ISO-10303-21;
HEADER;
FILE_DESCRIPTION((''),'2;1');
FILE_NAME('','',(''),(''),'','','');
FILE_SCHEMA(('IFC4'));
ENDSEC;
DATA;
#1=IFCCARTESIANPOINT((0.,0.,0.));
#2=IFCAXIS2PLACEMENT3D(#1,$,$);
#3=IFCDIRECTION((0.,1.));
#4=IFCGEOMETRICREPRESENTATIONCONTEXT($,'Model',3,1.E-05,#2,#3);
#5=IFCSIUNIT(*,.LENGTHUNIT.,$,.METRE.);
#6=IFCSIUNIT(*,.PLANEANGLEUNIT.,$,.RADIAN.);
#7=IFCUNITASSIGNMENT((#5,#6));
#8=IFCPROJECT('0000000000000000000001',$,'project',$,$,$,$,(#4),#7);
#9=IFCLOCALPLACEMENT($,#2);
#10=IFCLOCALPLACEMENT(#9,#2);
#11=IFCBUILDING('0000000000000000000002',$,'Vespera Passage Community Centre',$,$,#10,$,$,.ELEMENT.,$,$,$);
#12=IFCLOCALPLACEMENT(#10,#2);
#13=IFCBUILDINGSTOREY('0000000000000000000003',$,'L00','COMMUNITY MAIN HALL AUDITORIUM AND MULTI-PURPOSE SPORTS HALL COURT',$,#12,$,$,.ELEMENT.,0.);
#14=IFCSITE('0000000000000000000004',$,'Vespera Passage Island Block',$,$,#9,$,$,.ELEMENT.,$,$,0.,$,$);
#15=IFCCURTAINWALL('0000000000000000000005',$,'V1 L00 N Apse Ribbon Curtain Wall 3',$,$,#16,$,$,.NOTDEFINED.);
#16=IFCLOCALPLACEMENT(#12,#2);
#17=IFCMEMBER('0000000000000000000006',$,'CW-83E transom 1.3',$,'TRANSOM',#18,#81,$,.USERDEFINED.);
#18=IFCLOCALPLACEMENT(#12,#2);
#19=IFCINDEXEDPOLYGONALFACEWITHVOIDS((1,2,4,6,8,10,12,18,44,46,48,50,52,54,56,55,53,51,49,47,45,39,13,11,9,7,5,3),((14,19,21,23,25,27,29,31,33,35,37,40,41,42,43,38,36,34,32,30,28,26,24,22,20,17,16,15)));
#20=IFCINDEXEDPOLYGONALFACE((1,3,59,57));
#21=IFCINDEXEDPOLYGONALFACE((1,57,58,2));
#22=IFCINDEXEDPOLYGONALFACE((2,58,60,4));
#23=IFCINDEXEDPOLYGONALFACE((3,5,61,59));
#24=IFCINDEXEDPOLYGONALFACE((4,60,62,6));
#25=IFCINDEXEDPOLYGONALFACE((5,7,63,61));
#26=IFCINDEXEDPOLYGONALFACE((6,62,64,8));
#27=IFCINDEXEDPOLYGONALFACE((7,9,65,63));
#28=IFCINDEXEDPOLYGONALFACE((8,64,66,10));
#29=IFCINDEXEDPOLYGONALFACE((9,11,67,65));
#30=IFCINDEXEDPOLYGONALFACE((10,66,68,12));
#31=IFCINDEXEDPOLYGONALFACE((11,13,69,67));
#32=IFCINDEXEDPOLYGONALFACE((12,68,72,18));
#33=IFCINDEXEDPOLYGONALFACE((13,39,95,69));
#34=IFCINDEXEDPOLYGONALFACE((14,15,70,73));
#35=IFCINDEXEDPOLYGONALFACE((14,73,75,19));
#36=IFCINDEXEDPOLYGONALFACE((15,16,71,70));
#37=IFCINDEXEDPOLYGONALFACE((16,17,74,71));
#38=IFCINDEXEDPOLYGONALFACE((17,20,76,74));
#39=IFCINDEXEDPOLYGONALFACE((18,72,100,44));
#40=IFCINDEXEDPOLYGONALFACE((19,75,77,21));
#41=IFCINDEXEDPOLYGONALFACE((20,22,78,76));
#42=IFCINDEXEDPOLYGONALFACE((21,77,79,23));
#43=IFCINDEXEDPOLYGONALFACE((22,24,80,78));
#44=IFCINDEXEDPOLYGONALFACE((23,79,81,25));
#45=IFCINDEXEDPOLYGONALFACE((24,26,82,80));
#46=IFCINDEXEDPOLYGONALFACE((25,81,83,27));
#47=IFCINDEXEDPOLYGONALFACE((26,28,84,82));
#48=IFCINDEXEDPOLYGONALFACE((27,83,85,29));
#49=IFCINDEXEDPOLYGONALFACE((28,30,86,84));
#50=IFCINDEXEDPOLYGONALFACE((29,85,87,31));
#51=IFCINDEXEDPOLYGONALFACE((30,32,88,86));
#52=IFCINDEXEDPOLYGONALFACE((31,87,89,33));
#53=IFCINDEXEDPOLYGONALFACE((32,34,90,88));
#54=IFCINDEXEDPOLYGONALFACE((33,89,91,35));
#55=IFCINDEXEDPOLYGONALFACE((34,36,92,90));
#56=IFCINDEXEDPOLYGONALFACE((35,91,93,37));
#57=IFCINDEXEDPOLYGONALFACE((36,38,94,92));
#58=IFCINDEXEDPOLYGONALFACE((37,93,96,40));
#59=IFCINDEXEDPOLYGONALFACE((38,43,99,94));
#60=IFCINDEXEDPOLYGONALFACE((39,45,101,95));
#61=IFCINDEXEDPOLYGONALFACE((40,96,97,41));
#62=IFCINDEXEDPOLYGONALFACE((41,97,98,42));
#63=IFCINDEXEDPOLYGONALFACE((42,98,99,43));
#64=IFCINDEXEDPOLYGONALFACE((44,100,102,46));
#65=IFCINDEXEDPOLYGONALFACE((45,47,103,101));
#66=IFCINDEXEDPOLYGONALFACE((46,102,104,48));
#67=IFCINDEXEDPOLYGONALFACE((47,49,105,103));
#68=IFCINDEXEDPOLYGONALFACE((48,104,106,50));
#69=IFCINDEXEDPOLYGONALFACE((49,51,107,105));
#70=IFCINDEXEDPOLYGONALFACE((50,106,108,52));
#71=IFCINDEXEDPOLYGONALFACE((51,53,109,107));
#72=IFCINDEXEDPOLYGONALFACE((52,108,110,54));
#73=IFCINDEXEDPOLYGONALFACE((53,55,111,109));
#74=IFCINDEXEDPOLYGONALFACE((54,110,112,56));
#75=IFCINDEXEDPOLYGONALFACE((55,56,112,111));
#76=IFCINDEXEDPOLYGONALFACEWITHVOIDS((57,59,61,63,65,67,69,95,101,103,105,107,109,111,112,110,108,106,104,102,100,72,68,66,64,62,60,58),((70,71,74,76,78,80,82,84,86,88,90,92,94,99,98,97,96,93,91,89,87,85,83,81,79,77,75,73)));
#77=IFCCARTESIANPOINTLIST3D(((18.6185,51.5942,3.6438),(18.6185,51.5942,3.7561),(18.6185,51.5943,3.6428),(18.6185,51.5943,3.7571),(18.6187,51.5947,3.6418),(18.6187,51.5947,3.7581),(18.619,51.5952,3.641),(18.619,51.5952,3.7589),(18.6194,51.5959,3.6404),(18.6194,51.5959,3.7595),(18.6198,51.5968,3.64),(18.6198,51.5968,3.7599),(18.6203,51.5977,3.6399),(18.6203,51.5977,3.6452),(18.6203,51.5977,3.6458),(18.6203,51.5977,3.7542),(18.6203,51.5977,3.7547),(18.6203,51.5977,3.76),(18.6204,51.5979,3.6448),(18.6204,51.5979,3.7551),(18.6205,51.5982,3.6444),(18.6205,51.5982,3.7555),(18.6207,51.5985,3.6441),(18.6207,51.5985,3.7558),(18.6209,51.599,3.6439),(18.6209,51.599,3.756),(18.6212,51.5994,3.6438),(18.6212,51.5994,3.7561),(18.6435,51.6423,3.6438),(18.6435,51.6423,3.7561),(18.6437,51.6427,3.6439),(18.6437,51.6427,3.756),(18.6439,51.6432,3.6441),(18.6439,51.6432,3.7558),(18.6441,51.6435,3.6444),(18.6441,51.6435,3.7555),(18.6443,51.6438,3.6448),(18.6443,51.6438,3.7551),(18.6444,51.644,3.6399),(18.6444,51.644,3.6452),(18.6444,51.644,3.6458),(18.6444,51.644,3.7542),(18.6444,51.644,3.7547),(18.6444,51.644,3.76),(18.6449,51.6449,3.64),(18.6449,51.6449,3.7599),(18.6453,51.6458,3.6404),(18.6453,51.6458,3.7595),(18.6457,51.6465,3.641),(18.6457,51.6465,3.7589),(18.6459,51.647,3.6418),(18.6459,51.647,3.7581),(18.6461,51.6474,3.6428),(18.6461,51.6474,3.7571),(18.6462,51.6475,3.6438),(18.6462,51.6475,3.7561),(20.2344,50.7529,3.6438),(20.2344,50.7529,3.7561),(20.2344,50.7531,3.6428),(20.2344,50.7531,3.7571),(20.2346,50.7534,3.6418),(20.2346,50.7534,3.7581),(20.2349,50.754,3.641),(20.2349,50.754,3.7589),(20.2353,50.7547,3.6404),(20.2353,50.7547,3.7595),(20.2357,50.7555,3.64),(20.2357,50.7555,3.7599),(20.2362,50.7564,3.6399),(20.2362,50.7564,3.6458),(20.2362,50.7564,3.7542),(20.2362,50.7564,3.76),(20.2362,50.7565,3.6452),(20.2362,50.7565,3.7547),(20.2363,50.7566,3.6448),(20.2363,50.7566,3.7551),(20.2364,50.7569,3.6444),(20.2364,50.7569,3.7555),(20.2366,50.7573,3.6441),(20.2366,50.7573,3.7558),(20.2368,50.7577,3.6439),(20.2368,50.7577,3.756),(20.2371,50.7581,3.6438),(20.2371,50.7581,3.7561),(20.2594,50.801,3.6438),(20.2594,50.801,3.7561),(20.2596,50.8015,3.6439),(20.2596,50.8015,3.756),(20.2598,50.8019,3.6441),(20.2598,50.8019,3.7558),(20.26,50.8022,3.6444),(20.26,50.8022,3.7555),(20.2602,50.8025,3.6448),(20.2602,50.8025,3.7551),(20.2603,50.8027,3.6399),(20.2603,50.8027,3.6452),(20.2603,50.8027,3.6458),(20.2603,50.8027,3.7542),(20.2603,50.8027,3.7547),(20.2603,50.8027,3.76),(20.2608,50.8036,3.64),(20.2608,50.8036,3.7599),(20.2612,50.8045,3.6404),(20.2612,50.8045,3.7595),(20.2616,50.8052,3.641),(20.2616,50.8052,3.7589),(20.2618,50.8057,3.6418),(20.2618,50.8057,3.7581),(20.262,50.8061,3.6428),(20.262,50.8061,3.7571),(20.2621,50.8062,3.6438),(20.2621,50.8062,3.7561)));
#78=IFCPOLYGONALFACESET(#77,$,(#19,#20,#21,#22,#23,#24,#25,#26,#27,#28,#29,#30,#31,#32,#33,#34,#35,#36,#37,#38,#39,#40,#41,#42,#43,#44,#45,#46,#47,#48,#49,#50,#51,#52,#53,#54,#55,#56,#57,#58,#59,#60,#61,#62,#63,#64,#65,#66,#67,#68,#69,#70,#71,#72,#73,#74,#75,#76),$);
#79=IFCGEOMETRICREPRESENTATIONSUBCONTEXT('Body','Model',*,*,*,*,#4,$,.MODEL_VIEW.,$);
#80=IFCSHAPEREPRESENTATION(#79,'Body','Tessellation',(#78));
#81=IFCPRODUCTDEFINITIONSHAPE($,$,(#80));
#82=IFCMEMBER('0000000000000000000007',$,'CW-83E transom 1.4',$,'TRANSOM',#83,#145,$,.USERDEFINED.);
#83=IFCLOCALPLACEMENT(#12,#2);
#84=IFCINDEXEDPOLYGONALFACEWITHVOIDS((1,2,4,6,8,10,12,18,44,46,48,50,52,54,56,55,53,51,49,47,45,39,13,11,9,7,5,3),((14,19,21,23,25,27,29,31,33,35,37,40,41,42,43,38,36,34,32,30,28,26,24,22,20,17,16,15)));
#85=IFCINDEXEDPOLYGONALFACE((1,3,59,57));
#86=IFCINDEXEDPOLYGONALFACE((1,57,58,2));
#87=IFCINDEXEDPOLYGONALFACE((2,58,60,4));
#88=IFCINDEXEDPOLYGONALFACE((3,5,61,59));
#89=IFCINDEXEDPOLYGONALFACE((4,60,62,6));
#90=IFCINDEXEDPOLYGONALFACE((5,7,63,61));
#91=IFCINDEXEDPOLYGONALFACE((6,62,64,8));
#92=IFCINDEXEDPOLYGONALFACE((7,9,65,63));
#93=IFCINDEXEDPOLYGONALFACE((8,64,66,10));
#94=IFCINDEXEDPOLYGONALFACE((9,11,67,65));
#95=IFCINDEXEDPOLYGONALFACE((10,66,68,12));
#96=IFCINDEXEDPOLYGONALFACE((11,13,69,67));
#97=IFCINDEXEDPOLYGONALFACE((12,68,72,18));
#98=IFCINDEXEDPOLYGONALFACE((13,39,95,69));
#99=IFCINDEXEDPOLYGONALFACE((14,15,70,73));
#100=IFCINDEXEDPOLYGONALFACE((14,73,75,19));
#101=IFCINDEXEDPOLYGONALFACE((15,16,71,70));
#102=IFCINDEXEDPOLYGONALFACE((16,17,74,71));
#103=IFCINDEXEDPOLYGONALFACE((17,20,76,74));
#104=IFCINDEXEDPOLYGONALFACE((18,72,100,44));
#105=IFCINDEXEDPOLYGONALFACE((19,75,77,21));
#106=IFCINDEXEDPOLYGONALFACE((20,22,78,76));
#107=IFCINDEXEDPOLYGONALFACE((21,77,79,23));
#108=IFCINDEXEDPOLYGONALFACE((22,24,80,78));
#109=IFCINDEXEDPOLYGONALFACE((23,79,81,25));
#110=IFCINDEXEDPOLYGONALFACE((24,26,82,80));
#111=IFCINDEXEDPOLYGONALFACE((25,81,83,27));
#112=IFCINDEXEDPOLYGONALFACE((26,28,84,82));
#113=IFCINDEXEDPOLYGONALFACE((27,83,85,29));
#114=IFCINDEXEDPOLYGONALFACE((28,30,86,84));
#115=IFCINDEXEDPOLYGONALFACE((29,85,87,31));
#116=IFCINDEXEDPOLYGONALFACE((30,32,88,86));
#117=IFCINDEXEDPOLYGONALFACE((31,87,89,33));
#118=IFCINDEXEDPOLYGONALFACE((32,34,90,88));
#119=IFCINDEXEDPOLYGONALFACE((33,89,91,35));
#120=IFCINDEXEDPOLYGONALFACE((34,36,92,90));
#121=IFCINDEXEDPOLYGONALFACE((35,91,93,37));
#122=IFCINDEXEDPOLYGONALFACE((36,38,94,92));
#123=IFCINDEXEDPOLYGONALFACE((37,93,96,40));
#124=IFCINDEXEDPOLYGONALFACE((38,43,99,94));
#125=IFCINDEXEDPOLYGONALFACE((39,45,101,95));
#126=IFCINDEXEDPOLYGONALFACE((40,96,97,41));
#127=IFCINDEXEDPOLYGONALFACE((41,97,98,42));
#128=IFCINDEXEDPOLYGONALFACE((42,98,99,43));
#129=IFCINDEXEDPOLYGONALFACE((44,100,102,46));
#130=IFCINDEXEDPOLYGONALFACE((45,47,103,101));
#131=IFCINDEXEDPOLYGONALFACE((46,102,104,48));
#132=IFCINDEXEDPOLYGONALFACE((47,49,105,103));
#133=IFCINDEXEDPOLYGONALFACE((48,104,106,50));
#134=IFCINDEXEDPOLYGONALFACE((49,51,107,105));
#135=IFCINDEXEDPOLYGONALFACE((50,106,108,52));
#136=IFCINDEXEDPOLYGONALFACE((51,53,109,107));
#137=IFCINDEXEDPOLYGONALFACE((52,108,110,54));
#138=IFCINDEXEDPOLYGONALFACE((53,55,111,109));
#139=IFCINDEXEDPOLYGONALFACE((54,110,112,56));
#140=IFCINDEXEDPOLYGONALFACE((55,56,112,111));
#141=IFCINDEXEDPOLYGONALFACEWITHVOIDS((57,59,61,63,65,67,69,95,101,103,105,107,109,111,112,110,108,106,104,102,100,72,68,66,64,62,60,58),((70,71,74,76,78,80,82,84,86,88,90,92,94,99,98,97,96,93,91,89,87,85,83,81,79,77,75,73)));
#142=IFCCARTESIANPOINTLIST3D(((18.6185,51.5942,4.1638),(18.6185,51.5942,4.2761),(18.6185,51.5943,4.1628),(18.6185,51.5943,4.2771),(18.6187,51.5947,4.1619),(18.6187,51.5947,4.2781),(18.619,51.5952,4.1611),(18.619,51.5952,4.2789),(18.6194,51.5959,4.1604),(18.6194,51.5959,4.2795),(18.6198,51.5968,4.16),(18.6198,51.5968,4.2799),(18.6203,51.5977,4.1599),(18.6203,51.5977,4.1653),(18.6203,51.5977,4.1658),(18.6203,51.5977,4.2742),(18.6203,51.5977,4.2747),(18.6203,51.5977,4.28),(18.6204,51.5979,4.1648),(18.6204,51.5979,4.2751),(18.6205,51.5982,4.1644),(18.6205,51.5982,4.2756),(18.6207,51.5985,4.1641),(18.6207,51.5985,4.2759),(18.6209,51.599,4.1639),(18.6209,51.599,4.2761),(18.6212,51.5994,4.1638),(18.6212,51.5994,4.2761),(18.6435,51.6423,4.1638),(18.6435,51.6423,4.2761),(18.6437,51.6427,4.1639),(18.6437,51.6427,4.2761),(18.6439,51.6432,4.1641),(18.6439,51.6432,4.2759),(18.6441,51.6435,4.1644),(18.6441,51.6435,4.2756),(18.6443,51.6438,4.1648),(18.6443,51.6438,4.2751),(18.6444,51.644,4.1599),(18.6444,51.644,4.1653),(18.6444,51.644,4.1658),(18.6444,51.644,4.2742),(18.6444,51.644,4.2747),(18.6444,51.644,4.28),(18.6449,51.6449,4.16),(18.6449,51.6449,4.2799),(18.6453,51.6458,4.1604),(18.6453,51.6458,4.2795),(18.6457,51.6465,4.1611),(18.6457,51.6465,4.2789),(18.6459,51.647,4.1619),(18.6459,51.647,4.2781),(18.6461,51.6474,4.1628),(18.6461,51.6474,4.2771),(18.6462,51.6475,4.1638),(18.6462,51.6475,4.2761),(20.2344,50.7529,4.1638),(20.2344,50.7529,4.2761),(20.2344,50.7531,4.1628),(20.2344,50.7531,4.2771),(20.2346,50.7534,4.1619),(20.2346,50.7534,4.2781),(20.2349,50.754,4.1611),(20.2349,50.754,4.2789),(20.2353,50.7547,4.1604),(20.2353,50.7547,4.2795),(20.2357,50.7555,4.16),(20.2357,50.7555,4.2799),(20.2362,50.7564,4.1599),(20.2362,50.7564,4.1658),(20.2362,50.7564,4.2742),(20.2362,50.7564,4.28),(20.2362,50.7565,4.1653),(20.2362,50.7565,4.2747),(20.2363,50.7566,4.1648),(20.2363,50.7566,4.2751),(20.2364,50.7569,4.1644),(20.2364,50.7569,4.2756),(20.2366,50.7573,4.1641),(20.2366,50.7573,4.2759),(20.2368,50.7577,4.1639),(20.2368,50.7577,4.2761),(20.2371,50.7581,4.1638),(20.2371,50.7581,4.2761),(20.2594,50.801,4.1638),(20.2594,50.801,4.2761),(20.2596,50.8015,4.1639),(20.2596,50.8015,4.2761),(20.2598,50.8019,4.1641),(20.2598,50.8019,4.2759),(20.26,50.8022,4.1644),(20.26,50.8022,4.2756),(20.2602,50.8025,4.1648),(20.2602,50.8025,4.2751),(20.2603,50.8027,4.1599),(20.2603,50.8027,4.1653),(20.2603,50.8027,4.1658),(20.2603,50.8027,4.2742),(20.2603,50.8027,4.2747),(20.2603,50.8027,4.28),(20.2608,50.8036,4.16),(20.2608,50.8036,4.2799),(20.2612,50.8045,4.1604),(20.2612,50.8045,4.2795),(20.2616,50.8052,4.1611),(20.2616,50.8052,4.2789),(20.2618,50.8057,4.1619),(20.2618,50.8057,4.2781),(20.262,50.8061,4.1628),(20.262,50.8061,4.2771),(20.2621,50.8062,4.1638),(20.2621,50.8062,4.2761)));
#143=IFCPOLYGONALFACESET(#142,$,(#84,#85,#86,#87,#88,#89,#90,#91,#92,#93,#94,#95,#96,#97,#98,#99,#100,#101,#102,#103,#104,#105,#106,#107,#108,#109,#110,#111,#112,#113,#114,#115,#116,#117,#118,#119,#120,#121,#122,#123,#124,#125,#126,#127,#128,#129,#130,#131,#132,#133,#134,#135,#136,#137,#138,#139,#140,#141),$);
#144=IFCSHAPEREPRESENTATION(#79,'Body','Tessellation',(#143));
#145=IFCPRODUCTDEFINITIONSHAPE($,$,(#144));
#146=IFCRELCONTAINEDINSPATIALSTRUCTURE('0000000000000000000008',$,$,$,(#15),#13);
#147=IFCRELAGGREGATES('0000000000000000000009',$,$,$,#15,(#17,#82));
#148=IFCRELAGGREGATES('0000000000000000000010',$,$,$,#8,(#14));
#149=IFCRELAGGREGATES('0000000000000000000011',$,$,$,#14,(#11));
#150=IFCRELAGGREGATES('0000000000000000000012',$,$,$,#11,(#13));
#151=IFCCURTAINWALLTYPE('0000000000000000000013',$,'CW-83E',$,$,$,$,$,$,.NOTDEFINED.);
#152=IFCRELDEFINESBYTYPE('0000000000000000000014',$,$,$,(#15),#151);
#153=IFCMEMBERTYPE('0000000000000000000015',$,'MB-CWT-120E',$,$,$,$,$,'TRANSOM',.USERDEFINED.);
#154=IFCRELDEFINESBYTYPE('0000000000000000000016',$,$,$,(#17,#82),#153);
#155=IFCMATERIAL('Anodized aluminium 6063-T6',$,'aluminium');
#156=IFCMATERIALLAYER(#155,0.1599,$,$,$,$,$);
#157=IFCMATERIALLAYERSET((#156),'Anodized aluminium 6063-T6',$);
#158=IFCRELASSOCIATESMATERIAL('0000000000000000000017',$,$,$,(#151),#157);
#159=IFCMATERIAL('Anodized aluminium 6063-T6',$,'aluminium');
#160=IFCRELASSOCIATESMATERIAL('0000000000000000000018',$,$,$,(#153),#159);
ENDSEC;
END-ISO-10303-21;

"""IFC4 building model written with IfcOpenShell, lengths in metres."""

from ifc_helpers import new_model, si_unit, direction, frame, origin, origin_2d, place, context, subcontext, project, spatial, hollow_rectangle, extrude, material, layer, layer_set, material_profile, profile_set, type_object, element, aggregate, save


model = new_model("IFC4")

# Units and contexts
model_context = context("Model", 3, precision=1e-05, world=origin(), true_north=direction((0.0, 1.0)))
body_context = subcontext(model_context, "Body", "Model", "MODEL_VIEW")
ifc_project = project(units=[si_unit("LENGTHUNIT", "METRE"), si_unit("PLANEANGLEUNIT", "RADIAN")], contexts=[model_context])

# Site, building, storey
site_placement = place(None, origin())
site = spatial("IfcSite", under=ifc_project, at=site_placement, Name="Vespera Passage Island Block", CompositionType="ELEMENT", RefElevation=0.0)
building_placement = place(site_placement, origin())
building = spatial("IfcBuilding", under=site, at=building_placement, Name="Vespera Passage Community Centre", CompositionType="ELEMENT")
storey_placement = place(building_placement, origin())
storey = spatial("IfcBuildingStorey", under=building, at=storey_placement, Name="L00", Description="COMMUNITY MAIN HALL AUDITORIUM AND MULTI-PURPOSE SPORTS HALL COURT", CompositionType="ELEMENT", Elevation=0.0)

# Curtain wall, members
ifc_material_1 = material(Name="Anodized aluminium 6063-T6", Category="aluminium")
ifc_layer_1 = layer(ifc_material_1, 0.1599)
ifc_layer_set_1 = layer_set([ifc_layer_1], Name="Anodized aluminium 6063-T6")
curtain_wall_type = type_object("IfcCurtainWallType", Name="CW-83E", PredefinedType="NOTDEFINED", material=ifc_layer_set_1)
curtain_wall_placement = place(storey_placement, origin())
curtain_wall = element("IfcCurtainWall", 1, at=curtain_wall_placement, inside=storey, type_object=curtain_wall_type, Name="V1 L00 N Apse Ribbon Curtain Wall 3", PredefinedType="NOTDEFINED")
ifc_material_2 = material(Name="Anodized aluminium 6063-T6", Category="aluminium")
ifc_material_profile_1 = material_profile(ifc_material_2, hollow_rectangle(XDim=0.0601, YDim=0.1201, WallThickness=0.0039, InnerFilletRadius=0.002, OuterFilletRadius=0.0039, at=origin_2d()), Name="ALU120X60X4")
ifc_profile_set_1 = profile_set([ifc_material_profile_1], Name="Anodized aluminium 6063-T6")
member_type_1 = type_object("IfcMemberType", Name="MB-CWT-120E", ElementType="TRANSOM", PredefinedType="USERDEFINED", material=ifc_profile_set_1)
member_1_placement = place(storey_placement, frame((18.6323, 51.6208, 3.7), z_axis=(0.886991, -0.461787, 0.0), x_axis=(0.461787, 0.886991, 0.0)))
member_1 = element("IfcMember", 2, at=member_1_placement, type_object=member_type_1, Name="CW-83E transom 1.3", ObjectType="TRANSOM", PredefinedType="USERDEFINED", context=body_context, shape_type="SweptSolid", body=[
    extrude(hollow_rectangle(XDim=0.0601, YDim=0.1201, WallThickness=0.0039, InnerFilletRadius=0.002, OuterFilletRadius=0.0039, at=origin_2d()), origin(), (0.0, 0.0, 1.0), 1.8218),
])
member_2_placement = place(storey_placement, frame((18.6323, 51.6208, 4.22), z_axis=(0.886991, -0.461787, 0.0), x_axis=(0.461787, 0.886991, 0.0)))
member_2 = element("IfcMember", 3, at=member_2_placement, type_object=member_type_1, Name="CW-83E transom 1.4", ObjectType="TRANSOM", PredefinedType="USERDEFINED", context=body_context, shape_type="SweptSolid", body=[
    extrude(hollow_rectangle(XDim=0.0601, YDim=0.1201, WallThickness=0.0039, InnerFilletRadius=0.002, OuterFilletRadius=0.0039, at=origin_2d()), origin(), (0.0, 0.0, 1.0), 1.8218),
])
aggregate(curtain_wall, [member_1, member_2])

save(model, "model.ifc")
